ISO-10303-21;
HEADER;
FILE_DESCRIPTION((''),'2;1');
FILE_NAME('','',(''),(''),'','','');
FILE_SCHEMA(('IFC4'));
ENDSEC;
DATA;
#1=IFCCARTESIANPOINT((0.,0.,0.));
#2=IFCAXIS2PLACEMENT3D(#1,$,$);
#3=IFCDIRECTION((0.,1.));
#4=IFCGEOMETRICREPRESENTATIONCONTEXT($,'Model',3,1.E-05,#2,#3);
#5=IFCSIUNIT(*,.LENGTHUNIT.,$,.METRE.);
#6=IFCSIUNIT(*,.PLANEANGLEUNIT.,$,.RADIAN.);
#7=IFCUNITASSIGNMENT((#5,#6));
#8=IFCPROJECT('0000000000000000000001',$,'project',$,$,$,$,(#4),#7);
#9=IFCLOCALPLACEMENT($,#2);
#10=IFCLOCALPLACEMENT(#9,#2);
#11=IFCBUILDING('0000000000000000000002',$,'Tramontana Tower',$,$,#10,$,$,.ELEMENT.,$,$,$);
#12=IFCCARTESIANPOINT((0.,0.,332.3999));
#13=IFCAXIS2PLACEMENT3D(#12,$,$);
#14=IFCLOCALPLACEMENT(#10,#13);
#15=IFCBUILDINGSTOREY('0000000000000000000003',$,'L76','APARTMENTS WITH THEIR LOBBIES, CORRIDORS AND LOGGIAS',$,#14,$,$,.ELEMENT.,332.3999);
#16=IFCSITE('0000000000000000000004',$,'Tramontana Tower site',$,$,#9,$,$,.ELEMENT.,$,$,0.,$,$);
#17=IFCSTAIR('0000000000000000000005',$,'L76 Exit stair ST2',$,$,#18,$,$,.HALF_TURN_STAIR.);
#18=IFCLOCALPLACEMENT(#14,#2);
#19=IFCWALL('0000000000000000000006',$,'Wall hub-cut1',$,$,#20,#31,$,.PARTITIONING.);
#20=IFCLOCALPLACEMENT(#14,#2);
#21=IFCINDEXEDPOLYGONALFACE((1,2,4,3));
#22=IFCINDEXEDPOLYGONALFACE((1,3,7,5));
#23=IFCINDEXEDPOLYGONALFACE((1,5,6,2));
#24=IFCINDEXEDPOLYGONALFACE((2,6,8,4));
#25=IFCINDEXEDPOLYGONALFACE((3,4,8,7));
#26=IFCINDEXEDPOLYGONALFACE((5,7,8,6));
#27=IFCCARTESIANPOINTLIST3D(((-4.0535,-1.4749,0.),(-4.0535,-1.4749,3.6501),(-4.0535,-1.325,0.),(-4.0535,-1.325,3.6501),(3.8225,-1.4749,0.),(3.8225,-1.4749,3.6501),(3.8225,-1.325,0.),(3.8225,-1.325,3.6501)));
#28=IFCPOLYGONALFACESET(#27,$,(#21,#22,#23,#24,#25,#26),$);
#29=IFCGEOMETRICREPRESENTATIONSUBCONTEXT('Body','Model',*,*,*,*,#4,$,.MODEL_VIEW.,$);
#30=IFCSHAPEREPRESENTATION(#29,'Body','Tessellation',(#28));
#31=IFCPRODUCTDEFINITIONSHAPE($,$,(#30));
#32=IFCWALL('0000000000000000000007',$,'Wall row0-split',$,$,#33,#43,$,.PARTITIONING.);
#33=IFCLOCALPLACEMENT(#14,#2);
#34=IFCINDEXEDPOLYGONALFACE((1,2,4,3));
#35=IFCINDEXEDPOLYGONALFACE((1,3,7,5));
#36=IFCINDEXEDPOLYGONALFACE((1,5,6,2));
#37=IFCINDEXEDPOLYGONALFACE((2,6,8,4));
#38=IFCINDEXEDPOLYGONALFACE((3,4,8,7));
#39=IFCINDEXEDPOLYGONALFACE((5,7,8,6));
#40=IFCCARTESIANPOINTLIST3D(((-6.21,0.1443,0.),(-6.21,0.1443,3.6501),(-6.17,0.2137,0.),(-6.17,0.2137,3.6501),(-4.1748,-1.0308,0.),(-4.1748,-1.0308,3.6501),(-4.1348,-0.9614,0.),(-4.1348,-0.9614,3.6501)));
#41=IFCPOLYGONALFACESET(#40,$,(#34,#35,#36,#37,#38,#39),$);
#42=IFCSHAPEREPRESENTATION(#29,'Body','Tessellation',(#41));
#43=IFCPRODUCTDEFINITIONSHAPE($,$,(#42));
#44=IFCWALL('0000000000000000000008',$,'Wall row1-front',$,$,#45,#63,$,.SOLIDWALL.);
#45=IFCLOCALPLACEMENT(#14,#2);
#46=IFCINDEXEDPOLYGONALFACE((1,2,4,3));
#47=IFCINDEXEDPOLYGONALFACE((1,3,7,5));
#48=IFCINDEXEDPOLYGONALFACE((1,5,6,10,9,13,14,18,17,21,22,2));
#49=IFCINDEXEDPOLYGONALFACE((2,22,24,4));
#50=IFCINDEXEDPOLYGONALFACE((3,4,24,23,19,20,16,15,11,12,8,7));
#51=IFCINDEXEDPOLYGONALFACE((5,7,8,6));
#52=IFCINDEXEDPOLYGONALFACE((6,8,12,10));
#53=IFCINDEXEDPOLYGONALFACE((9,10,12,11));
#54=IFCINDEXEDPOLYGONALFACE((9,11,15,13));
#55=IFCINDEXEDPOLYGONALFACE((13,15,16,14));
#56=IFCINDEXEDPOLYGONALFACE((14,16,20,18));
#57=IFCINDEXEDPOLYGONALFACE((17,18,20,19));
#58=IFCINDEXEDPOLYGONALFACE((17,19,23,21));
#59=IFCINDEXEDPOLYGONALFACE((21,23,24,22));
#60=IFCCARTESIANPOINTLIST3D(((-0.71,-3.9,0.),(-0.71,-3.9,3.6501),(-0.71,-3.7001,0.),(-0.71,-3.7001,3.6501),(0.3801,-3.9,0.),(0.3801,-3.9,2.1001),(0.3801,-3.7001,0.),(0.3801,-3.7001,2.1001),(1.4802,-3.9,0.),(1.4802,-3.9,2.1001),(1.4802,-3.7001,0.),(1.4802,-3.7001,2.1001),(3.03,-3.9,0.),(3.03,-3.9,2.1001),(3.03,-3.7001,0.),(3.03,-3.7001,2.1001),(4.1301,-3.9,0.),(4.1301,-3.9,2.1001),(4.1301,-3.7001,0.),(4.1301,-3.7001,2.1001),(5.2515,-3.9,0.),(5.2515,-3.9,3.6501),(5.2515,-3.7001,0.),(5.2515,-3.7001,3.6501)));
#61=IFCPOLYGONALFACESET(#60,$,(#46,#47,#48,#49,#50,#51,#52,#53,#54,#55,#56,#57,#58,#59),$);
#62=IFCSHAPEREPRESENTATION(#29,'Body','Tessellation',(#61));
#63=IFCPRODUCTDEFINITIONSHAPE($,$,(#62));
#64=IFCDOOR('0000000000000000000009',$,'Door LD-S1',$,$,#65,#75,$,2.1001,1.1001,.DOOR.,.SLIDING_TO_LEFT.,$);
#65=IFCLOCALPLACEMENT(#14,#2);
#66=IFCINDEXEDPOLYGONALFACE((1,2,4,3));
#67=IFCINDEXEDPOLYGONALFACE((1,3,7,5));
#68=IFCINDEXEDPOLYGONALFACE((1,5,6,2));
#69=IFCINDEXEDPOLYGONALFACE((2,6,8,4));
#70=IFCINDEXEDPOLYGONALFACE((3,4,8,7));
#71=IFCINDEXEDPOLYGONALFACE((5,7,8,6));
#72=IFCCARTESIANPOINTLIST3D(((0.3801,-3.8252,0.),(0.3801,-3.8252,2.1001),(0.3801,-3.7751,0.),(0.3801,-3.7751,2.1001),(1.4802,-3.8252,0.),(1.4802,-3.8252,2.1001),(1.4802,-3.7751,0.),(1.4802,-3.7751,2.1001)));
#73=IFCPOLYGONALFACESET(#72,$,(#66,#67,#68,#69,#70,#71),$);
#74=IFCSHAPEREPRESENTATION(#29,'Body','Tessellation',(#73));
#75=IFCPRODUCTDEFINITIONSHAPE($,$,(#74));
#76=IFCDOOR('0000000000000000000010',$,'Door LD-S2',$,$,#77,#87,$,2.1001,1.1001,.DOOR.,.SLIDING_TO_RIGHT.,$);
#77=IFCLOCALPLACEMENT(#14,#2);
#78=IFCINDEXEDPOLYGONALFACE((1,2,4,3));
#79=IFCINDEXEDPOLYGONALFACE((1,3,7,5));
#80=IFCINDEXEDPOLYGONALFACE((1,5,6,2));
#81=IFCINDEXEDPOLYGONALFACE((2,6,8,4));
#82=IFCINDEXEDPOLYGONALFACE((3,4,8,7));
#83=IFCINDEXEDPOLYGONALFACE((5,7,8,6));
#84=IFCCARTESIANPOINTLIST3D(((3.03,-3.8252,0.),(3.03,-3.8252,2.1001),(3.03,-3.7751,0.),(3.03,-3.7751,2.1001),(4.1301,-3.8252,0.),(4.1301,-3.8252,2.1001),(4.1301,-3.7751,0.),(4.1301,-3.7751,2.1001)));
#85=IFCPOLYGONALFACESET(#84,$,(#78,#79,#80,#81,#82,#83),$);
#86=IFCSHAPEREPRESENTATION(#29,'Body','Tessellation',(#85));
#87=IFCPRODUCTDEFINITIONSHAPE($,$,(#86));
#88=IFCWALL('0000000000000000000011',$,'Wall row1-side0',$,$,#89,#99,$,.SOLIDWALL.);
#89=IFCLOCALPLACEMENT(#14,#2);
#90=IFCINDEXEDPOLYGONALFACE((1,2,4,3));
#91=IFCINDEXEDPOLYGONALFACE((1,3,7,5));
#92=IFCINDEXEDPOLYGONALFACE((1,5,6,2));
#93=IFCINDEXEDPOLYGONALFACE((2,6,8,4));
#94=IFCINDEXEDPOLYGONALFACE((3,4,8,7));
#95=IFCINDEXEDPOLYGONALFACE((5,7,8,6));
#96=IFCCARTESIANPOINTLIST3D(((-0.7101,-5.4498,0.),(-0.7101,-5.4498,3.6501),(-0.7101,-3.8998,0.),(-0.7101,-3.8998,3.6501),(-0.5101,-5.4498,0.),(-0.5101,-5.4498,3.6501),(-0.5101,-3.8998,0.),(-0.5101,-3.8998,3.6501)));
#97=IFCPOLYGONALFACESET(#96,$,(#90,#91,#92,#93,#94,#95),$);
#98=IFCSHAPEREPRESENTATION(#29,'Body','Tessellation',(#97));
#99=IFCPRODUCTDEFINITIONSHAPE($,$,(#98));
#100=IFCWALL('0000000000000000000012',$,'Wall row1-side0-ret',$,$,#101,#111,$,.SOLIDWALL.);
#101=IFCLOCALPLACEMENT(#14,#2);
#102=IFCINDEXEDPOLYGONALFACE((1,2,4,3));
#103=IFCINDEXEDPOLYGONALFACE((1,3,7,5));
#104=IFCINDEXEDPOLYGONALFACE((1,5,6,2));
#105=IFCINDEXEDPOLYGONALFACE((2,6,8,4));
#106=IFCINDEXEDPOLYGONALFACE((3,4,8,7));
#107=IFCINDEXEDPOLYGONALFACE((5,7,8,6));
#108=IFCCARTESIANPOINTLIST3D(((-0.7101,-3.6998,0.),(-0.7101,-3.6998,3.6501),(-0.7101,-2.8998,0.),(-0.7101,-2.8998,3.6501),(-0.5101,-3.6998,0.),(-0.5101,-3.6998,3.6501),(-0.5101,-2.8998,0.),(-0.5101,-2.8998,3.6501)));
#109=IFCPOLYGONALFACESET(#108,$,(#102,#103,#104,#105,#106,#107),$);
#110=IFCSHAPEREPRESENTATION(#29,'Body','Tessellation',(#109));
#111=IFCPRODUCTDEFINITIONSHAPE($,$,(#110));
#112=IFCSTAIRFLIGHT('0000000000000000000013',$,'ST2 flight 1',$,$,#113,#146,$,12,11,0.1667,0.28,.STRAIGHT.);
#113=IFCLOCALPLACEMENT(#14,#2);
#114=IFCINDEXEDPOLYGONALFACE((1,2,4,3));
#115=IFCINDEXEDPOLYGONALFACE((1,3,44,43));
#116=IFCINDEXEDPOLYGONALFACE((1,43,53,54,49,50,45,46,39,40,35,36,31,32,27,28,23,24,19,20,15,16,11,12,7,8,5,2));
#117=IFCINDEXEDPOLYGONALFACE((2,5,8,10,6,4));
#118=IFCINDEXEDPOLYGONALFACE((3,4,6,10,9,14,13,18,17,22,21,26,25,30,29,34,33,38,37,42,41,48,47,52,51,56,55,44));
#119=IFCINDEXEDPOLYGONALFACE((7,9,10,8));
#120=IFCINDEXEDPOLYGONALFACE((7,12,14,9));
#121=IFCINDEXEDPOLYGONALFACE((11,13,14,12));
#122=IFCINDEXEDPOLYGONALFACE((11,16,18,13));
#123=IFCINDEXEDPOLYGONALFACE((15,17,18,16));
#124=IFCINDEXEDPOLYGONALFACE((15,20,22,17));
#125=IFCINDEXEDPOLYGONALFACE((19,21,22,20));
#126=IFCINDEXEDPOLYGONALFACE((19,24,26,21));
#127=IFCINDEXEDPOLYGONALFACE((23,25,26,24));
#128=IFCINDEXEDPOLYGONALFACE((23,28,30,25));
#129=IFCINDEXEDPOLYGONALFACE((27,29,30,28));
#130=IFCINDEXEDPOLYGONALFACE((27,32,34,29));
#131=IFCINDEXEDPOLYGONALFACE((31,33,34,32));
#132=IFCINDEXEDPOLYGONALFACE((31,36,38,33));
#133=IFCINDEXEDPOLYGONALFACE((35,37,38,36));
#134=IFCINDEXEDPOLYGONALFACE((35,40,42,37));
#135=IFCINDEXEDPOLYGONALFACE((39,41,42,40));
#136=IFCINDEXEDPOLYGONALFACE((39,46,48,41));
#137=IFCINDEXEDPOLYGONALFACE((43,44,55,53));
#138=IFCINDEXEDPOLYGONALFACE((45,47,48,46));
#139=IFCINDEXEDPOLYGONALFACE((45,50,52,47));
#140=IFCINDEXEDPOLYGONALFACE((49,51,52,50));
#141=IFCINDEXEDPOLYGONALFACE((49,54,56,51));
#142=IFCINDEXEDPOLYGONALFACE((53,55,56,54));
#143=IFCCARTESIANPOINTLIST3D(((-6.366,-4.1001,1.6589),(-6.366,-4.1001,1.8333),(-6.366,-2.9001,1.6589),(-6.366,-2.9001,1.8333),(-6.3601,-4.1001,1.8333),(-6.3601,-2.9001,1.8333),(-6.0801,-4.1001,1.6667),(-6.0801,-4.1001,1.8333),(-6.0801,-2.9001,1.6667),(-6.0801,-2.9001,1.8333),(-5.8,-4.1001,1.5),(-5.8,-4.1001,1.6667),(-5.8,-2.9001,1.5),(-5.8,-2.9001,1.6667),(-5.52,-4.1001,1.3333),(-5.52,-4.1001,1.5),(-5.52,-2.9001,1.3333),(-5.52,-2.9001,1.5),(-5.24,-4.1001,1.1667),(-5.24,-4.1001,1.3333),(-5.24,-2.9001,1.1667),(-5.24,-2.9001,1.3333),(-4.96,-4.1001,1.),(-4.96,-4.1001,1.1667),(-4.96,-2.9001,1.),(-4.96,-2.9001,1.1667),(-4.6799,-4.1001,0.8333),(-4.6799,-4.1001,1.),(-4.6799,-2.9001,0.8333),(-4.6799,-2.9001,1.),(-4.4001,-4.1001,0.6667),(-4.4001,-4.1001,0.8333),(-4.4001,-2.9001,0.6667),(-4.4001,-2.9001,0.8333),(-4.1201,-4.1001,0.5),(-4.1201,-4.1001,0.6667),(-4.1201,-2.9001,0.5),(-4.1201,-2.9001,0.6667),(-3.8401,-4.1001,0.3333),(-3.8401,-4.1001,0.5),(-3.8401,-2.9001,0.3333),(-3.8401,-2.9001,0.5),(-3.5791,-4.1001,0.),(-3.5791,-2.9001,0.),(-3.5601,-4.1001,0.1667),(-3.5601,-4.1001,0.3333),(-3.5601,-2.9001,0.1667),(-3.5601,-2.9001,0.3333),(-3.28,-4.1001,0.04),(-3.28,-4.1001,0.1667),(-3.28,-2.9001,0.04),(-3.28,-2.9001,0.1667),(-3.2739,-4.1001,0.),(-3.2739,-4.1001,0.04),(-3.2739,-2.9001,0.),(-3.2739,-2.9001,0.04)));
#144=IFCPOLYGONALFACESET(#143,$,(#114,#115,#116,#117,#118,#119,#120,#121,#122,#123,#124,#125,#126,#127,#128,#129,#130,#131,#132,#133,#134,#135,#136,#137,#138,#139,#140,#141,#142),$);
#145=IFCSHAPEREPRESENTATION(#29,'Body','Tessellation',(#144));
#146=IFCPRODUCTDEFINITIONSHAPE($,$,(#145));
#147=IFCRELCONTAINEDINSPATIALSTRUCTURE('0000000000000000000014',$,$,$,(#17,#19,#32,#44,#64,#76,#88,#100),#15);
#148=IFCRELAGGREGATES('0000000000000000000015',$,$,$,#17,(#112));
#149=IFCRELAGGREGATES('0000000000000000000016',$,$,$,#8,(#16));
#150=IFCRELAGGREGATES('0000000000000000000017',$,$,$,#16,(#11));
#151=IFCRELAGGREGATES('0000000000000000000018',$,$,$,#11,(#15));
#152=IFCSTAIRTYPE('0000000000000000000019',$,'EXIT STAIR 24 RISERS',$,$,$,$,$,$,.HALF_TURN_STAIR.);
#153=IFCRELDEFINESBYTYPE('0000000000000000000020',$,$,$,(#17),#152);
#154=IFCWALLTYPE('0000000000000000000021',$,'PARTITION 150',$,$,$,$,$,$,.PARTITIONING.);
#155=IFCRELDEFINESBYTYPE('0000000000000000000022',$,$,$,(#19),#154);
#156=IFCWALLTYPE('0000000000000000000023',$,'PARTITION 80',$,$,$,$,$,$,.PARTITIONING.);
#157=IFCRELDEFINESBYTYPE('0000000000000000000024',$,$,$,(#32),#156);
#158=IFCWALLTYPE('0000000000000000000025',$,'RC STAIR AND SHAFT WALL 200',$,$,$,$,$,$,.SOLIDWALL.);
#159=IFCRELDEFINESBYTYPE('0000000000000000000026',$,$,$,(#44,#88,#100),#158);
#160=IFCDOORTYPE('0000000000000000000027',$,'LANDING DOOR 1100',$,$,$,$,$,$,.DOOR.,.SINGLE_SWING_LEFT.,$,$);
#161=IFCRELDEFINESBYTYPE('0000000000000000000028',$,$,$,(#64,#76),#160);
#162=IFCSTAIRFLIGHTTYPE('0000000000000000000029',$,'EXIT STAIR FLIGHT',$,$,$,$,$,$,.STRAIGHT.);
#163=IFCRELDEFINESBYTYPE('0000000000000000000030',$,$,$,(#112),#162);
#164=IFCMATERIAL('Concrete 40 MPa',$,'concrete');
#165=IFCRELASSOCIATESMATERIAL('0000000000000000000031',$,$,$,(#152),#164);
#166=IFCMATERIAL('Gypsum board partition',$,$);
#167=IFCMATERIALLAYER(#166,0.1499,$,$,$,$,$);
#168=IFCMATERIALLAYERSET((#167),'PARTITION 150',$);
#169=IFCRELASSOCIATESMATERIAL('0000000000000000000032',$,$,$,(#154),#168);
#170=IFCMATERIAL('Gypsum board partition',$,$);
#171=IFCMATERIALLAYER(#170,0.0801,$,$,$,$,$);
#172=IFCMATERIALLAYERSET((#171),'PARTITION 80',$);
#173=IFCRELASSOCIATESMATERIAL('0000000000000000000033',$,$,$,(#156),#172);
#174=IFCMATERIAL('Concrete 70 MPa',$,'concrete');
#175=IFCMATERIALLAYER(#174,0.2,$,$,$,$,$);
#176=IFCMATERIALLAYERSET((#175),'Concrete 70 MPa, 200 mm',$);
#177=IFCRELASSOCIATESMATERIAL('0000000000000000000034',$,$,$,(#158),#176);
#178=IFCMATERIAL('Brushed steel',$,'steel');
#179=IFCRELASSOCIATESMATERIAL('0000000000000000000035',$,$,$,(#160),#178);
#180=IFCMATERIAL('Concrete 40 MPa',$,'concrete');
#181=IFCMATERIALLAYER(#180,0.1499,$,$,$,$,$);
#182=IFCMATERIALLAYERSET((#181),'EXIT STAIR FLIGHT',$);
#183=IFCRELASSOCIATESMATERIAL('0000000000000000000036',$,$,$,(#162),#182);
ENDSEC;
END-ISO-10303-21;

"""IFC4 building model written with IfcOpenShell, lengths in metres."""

from ifc_helpers import new_model, si_unit, direction, frame, frame_2d, origin, place, context, subcontext, project, spatial, polyline, rectangle, outline, extrude, material, layer, layer_set, type_object, element, fill, aggregate, save


model = new_model("IFC4")

# Units and contexts
model_context = context("Model", 3, precision=1e-05, world=origin(), true_north=direction((0.0, 1.0)))
body_context = subcontext(model_context, "Body", "Model", "MODEL_VIEW")
ifc_project = project(units=[si_unit("LENGTHUNIT", "METRE"), si_unit("PLANEANGLEUNIT", "RADIAN")], contexts=[model_context])

# Site, building, storey
site_placement = place(None, origin())
site = spatial("IfcSite", under=ifc_project, at=site_placement, Name="Tramontana Tower site", CompositionType="ELEMENT", RefElevation=0.0)
building_placement = place(site_placement, origin())
building = spatial("IfcBuilding", under=site, at=building_placement, Name="Tramontana Tower", CompositionType="ELEMENT")
storey_placement = place(building_placement, frame((0.0, 0.0, 332.3999)))
storey = spatial("IfcBuildingStorey", under=building, at=storey_placement, Name="L76", Description="APARTMENTS WITH THEIR LOBBIES, CORRIDORS AND LOGGIAS", CompositionType="ELEMENT", Elevation=332.3999)

# Stair
ifc_material_1 = material(Name="Concrete 40 MPa", Category="concrete")
stair_type = type_object("IfcStairType", Name="EXIT STAIR 24 RISERS", PredefinedType="HALF_TURN_STAIR", material=ifc_material_1)
stair_1_placement = place(storey_placement, origin())
stair_1 = element("IfcStair", 1, at=stair_1_placement, inside=storey, type_object=stair_type, Name="L76 Exit stair ST2", PredefinedType="HALF_TURN_STAIR")

# Shared definitions
ifc_material_2 = material(Name="Gypsum board partition")
ifc_layer_1 = layer(ifc_material_2, 0.1499)
ifc_layer_set_1 = layer_set([ifc_layer_1], Name="PARTITION 150")
wall_type_1 = type_object("IfcWallType", Name="PARTITION 150", PredefinedType="PARTITIONING", material=ifc_layer_set_1)

# Walls
wall_1_placement = place(storey_placement, frame((-4.0535, -1.3999, 0.0), z_axis=(0.0, 0.0, 1.0), x_axis=(1.0, 0.0, 0.0)))
element("IfcWall", 2, at=wall_1_placement, inside=storey, type_object=wall_type_1, Name="Wall hub-cut1", PredefinedType="PARTITIONING", context=body_context, shape_type="SweptSolid", body=[
    extrude(rectangle(XDim=7.876, YDim=0.1499, at=frame_2d((3.938, 0.0))), origin(), (0.0, 0.0, 1.0), 3.6501),
])
ifc_material_3 = material(Name="Gypsum board partition")
ifc_layer_2 = layer(ifc_material_3, 0.0801)
ifc_layer_set_2 = layer_set([ifc_layer_2], Name="PARTITION 80")
wall_type_2 = type_object("IfcWallType", Name="PARTITION 80", PredefinedType="PARTITIONING", material=ifc_layer_set_2)
wall_2_placement = place(storey_placement, frame((-4.1548, -0.9961, 0.0), z_axis=(0.0, 0.0, 1.0), x_axis=(-0.866016, 0.500016, 0.0)))
element("IfcWall", 3, at=wall_2_placement, inside=storey, type_object=wall_type_2, Name="Wall row0-split", PredefinedType="PARTITIONING", context=body_context, shape_type="SweptSolid", body=[
    extrude(rectangle(XDim=2.3501, YDim=0.0801, at=frame_2d((1.175, 0.0))), origin(), (0.0, 0.0, 1.0), 3.6501),
])

# Shared definitions
ifc_material_4 = material(Name="Concrete 70 MPa", Category="concrete")
ifc_layer_3 = layer(ifc_material_4, 0.2)
ifc_layer_set_3 = layer_set([ifc_layer_3], Name="Concrete 70 MPa, 200 mm")
wall_type_3 = type_object("IfcWallType", Name="RC STAIR AND SHAFT WALL 200", PredefinedType="SOLIDWALL", material=ifc_layer_set_3)

# Wall, openings, doors
wall_3_placement = place(storey_placement, frame((-0.71, -3.8, 0.0), z_axis=(0.0, 0.0, 1.0), x_axis=(1.0, 0.0, 0.0)))
wall_3 = element("IfcWall", 4, at=wall_3_placement, inside=storey, type_object=wall_type_3, Name="Wall row1-front", PredefinedType="SOLIDWALL", context=body_context, shape_type="SweptSolid", body=[
    extrude(rectangle(XDim=5.9614, YDim=0.2, at=frame_2d((2.9807, 0.0))), origin(), (0.0, 0.0, 1.0), 3.6501),
])
opening_1_placement = place(wall_3_placement, frame((1.0901, 0.0, 0.0)))
opening_1 = element("IfcOpeningElement", 5, at=opening_1_placement, cuts=wall_3, PredefinedType="OPENING", context=body_context, shape_type="SweptSolid", body=[
    extrude(rectangle(XDim=1.1001, YDim=2.1001, at=frame_2d((0.55, 1.05))), frame((0.0, 0.1099, 0.0), z_axis=(0.0, -1.0, 0.0), x_axis=(1.0, 0.0, 0.0)), (0.0, 0.0, 1.0), 0.22),
])
opening_2_placement = place(wall_3_placement, frame((3.74, 0.0, 0.0)))
opening_2 = element("IfcOpeningElement", 6, at=opening_2_placement, cuts=wall_3, PredefinedType="OPENING", context=body_context, shape_type="SweptSolid", body=[
    extrude(rectangle(XDim=1.1001, YDim=2.1001, at=frame_2d((0.55, 1.05))), frame((0.0, 0.1099, 0.0), z_axis=(0.0, -1.0, 0.0), x_axis=(1.0, 0.0, 0.0)), (0.0, 0.0, 1.0), 0.22),
])
ifc_material_5 = material(Name="Brushed steel", Category="steel")
door_type_1 = type_object("IfcDoorType", Name="LANDING DOOR 1100", OperationType="SINGLE_SWING_LEFT", PredefinedType="DOOR", material=ifc_material_5)
door_1_placement = place(opening_1_placement, origin())
door_1 = element("IfcDoor", 7, at=door_1_placement, inside=storey, type_object=door_type_1, Name="Door LD-S1", OperationType="SLIDING_TO_LEFT", OverallHeight=2.1001, OverallWidth=1.1001, PredefinedType="DOOR", context=body_context, shape_type="SweptSolid", body=[
    extrude(rectangle(XDim=1.1001, YDim=2.1001, at=frame_2d((0.55, 1.05))), frame((0.0, 0.0249, 0.0), z_axis=(0.0, -1.0, 0.0), x_axis=(1.0, 0.0, 0.0)), (0.0, 0.0, 1.0), 0.05),
])
fill(opening_1, door_1)
door_2_placement = place(opening_2_placement, origin())
door_2 = element("IfcDoor", 8, at=door_2_placement, inside=storey, type_object=door_type_1, Name="Door LD-S2", OperationType="SLIDING_TO_RIGHT", OverallHeight=2.1001, OverallWidth=1.1001, PredefinedType="DOOR", context=body_context, shape_type="SweptSolid", body=[
    extrude(rectangle(XDim=1.1001, YDim=2.1001, at=frame_2d((0.55, 1.05))), frame((0.0, 0.0249, 0.0), z_axis=(0.0, -1.0, 0.0), x_axis=(1.0, 0.0, 0.0)), (0.0, 0.0, 1.0), 0.05),
])
fill(opening_2, door_2)

# Walls
wall_4_placement = place(storey_placement, frame((-0.6101, -3.8999, 0.0), z_axis=(0.0, 0.0, 1.0), x_axis=(0.0, -1.0, 0.0)))
element("IfcWall", 9, at=wall_4_placement, inside=storey, type_object=wall_type_3, Name="Wall row1-side0", PredefinedType="SOLIDWALL", context=body_context, shape_type="SweptSolid", body=[
    extrude(rectangle(XDim=1.55, YDim=0.2, at=frame_2d((0.7749, 0.0))), origin(), (0.0, 0.0, 1.0), 3.6501),
])
wall_5_placement = place(storey_placement, frame((-0.6101, -2.8999, 0.0), z_axis=(0.0, 0.0, 1.0), x_axis=(0.0, -1.0, 0.0)))
element("IfcWall", 10, at=wall_5_placement, inside=storey, type_object=wall_type_3, Name="Wall row1-side0-ret", PredefinedType="SOLIDWALL", context=body_context, shape_type="SweptSolid", body=[
    extrude(rectangle(XDim=0.8, YDim=0.2, at=frame_2d((0.3999, 0.0))), origin(), (0.0, 0.0, 1.0), 3.6501),
])

# Stair flight
ifc_material_6 = material(Name="Concrete 40 MPa", Category="concrete")
ifc_layer_4 = layer(ifc_material_6, 0.1499)
ifc_layer_set_4 = layer_set([ifc_layer_4], Name="EXIT STAIR FLIGHT")
stair_flight_type = type_object("IfcStairFlightType", Name="EXIT STAIR FLIGHT", PredefinedType="STRAIGHT", material=ifc_layer_set_4)
stair_flight_placement = place(storey_placement, frame((-3.28, -3.5, 0.0), z_axis=(0.0, 0.0, 1.0), x_axis=(-1.0, 0.0, 0.0)))
stair_flight = element("IfcStairFlight", 11, at=stair_flight_placement, type_object=stair_flight_type, Name="ST2 flight 1", NumberOfRisers=12, NumberOfTreads=11, PredefinedType="STRAIGHT", RiserHeight=0.1667, TreadLength=0.28, context=body_context, shape_type="SweptSolid", body=[
    extrude(outline(polyline([(-0.0061, 0.0), (-0.0061, 0.04), (0.0, 0.04), (0.0, 0.1667), (0.28, 0.1667), (0.28, 0.3333), (0.5601, 0.3333), (0.5601, 0.5), (0.8401, 0.5), (0.8401, 0.6667), (1.1201, 0.6667), (1.1201, 0.8333), (1.3999, 0.8333), (1.3999, 1.0), (1.6799, 1.0), (1.6799, 1.1667), (1.96, 1.1667), (1.96, 1.3333), (2.24, 1.3333), (2.24, 1.5), (2.52, 1.5), (2.52, 1.6667), (2.8, 1.6667), (2.8, 1.8333), (3.0801, 1.8333), (3.0859, 1.8333), (3.0859, 1.6589), (0.2991, 0.0), (-0.0061, 0.0)])), frame((0.0, 0.6001, 0.0), z_axis=(0.0, -1.0, 0.0), x_axis=(1.0, 0.0, 0.0)), (0.0, 0.0, 1.0), 1.2),
])
aggregate(stair_1, [stair_flight])

save(model, "model.ifc")
